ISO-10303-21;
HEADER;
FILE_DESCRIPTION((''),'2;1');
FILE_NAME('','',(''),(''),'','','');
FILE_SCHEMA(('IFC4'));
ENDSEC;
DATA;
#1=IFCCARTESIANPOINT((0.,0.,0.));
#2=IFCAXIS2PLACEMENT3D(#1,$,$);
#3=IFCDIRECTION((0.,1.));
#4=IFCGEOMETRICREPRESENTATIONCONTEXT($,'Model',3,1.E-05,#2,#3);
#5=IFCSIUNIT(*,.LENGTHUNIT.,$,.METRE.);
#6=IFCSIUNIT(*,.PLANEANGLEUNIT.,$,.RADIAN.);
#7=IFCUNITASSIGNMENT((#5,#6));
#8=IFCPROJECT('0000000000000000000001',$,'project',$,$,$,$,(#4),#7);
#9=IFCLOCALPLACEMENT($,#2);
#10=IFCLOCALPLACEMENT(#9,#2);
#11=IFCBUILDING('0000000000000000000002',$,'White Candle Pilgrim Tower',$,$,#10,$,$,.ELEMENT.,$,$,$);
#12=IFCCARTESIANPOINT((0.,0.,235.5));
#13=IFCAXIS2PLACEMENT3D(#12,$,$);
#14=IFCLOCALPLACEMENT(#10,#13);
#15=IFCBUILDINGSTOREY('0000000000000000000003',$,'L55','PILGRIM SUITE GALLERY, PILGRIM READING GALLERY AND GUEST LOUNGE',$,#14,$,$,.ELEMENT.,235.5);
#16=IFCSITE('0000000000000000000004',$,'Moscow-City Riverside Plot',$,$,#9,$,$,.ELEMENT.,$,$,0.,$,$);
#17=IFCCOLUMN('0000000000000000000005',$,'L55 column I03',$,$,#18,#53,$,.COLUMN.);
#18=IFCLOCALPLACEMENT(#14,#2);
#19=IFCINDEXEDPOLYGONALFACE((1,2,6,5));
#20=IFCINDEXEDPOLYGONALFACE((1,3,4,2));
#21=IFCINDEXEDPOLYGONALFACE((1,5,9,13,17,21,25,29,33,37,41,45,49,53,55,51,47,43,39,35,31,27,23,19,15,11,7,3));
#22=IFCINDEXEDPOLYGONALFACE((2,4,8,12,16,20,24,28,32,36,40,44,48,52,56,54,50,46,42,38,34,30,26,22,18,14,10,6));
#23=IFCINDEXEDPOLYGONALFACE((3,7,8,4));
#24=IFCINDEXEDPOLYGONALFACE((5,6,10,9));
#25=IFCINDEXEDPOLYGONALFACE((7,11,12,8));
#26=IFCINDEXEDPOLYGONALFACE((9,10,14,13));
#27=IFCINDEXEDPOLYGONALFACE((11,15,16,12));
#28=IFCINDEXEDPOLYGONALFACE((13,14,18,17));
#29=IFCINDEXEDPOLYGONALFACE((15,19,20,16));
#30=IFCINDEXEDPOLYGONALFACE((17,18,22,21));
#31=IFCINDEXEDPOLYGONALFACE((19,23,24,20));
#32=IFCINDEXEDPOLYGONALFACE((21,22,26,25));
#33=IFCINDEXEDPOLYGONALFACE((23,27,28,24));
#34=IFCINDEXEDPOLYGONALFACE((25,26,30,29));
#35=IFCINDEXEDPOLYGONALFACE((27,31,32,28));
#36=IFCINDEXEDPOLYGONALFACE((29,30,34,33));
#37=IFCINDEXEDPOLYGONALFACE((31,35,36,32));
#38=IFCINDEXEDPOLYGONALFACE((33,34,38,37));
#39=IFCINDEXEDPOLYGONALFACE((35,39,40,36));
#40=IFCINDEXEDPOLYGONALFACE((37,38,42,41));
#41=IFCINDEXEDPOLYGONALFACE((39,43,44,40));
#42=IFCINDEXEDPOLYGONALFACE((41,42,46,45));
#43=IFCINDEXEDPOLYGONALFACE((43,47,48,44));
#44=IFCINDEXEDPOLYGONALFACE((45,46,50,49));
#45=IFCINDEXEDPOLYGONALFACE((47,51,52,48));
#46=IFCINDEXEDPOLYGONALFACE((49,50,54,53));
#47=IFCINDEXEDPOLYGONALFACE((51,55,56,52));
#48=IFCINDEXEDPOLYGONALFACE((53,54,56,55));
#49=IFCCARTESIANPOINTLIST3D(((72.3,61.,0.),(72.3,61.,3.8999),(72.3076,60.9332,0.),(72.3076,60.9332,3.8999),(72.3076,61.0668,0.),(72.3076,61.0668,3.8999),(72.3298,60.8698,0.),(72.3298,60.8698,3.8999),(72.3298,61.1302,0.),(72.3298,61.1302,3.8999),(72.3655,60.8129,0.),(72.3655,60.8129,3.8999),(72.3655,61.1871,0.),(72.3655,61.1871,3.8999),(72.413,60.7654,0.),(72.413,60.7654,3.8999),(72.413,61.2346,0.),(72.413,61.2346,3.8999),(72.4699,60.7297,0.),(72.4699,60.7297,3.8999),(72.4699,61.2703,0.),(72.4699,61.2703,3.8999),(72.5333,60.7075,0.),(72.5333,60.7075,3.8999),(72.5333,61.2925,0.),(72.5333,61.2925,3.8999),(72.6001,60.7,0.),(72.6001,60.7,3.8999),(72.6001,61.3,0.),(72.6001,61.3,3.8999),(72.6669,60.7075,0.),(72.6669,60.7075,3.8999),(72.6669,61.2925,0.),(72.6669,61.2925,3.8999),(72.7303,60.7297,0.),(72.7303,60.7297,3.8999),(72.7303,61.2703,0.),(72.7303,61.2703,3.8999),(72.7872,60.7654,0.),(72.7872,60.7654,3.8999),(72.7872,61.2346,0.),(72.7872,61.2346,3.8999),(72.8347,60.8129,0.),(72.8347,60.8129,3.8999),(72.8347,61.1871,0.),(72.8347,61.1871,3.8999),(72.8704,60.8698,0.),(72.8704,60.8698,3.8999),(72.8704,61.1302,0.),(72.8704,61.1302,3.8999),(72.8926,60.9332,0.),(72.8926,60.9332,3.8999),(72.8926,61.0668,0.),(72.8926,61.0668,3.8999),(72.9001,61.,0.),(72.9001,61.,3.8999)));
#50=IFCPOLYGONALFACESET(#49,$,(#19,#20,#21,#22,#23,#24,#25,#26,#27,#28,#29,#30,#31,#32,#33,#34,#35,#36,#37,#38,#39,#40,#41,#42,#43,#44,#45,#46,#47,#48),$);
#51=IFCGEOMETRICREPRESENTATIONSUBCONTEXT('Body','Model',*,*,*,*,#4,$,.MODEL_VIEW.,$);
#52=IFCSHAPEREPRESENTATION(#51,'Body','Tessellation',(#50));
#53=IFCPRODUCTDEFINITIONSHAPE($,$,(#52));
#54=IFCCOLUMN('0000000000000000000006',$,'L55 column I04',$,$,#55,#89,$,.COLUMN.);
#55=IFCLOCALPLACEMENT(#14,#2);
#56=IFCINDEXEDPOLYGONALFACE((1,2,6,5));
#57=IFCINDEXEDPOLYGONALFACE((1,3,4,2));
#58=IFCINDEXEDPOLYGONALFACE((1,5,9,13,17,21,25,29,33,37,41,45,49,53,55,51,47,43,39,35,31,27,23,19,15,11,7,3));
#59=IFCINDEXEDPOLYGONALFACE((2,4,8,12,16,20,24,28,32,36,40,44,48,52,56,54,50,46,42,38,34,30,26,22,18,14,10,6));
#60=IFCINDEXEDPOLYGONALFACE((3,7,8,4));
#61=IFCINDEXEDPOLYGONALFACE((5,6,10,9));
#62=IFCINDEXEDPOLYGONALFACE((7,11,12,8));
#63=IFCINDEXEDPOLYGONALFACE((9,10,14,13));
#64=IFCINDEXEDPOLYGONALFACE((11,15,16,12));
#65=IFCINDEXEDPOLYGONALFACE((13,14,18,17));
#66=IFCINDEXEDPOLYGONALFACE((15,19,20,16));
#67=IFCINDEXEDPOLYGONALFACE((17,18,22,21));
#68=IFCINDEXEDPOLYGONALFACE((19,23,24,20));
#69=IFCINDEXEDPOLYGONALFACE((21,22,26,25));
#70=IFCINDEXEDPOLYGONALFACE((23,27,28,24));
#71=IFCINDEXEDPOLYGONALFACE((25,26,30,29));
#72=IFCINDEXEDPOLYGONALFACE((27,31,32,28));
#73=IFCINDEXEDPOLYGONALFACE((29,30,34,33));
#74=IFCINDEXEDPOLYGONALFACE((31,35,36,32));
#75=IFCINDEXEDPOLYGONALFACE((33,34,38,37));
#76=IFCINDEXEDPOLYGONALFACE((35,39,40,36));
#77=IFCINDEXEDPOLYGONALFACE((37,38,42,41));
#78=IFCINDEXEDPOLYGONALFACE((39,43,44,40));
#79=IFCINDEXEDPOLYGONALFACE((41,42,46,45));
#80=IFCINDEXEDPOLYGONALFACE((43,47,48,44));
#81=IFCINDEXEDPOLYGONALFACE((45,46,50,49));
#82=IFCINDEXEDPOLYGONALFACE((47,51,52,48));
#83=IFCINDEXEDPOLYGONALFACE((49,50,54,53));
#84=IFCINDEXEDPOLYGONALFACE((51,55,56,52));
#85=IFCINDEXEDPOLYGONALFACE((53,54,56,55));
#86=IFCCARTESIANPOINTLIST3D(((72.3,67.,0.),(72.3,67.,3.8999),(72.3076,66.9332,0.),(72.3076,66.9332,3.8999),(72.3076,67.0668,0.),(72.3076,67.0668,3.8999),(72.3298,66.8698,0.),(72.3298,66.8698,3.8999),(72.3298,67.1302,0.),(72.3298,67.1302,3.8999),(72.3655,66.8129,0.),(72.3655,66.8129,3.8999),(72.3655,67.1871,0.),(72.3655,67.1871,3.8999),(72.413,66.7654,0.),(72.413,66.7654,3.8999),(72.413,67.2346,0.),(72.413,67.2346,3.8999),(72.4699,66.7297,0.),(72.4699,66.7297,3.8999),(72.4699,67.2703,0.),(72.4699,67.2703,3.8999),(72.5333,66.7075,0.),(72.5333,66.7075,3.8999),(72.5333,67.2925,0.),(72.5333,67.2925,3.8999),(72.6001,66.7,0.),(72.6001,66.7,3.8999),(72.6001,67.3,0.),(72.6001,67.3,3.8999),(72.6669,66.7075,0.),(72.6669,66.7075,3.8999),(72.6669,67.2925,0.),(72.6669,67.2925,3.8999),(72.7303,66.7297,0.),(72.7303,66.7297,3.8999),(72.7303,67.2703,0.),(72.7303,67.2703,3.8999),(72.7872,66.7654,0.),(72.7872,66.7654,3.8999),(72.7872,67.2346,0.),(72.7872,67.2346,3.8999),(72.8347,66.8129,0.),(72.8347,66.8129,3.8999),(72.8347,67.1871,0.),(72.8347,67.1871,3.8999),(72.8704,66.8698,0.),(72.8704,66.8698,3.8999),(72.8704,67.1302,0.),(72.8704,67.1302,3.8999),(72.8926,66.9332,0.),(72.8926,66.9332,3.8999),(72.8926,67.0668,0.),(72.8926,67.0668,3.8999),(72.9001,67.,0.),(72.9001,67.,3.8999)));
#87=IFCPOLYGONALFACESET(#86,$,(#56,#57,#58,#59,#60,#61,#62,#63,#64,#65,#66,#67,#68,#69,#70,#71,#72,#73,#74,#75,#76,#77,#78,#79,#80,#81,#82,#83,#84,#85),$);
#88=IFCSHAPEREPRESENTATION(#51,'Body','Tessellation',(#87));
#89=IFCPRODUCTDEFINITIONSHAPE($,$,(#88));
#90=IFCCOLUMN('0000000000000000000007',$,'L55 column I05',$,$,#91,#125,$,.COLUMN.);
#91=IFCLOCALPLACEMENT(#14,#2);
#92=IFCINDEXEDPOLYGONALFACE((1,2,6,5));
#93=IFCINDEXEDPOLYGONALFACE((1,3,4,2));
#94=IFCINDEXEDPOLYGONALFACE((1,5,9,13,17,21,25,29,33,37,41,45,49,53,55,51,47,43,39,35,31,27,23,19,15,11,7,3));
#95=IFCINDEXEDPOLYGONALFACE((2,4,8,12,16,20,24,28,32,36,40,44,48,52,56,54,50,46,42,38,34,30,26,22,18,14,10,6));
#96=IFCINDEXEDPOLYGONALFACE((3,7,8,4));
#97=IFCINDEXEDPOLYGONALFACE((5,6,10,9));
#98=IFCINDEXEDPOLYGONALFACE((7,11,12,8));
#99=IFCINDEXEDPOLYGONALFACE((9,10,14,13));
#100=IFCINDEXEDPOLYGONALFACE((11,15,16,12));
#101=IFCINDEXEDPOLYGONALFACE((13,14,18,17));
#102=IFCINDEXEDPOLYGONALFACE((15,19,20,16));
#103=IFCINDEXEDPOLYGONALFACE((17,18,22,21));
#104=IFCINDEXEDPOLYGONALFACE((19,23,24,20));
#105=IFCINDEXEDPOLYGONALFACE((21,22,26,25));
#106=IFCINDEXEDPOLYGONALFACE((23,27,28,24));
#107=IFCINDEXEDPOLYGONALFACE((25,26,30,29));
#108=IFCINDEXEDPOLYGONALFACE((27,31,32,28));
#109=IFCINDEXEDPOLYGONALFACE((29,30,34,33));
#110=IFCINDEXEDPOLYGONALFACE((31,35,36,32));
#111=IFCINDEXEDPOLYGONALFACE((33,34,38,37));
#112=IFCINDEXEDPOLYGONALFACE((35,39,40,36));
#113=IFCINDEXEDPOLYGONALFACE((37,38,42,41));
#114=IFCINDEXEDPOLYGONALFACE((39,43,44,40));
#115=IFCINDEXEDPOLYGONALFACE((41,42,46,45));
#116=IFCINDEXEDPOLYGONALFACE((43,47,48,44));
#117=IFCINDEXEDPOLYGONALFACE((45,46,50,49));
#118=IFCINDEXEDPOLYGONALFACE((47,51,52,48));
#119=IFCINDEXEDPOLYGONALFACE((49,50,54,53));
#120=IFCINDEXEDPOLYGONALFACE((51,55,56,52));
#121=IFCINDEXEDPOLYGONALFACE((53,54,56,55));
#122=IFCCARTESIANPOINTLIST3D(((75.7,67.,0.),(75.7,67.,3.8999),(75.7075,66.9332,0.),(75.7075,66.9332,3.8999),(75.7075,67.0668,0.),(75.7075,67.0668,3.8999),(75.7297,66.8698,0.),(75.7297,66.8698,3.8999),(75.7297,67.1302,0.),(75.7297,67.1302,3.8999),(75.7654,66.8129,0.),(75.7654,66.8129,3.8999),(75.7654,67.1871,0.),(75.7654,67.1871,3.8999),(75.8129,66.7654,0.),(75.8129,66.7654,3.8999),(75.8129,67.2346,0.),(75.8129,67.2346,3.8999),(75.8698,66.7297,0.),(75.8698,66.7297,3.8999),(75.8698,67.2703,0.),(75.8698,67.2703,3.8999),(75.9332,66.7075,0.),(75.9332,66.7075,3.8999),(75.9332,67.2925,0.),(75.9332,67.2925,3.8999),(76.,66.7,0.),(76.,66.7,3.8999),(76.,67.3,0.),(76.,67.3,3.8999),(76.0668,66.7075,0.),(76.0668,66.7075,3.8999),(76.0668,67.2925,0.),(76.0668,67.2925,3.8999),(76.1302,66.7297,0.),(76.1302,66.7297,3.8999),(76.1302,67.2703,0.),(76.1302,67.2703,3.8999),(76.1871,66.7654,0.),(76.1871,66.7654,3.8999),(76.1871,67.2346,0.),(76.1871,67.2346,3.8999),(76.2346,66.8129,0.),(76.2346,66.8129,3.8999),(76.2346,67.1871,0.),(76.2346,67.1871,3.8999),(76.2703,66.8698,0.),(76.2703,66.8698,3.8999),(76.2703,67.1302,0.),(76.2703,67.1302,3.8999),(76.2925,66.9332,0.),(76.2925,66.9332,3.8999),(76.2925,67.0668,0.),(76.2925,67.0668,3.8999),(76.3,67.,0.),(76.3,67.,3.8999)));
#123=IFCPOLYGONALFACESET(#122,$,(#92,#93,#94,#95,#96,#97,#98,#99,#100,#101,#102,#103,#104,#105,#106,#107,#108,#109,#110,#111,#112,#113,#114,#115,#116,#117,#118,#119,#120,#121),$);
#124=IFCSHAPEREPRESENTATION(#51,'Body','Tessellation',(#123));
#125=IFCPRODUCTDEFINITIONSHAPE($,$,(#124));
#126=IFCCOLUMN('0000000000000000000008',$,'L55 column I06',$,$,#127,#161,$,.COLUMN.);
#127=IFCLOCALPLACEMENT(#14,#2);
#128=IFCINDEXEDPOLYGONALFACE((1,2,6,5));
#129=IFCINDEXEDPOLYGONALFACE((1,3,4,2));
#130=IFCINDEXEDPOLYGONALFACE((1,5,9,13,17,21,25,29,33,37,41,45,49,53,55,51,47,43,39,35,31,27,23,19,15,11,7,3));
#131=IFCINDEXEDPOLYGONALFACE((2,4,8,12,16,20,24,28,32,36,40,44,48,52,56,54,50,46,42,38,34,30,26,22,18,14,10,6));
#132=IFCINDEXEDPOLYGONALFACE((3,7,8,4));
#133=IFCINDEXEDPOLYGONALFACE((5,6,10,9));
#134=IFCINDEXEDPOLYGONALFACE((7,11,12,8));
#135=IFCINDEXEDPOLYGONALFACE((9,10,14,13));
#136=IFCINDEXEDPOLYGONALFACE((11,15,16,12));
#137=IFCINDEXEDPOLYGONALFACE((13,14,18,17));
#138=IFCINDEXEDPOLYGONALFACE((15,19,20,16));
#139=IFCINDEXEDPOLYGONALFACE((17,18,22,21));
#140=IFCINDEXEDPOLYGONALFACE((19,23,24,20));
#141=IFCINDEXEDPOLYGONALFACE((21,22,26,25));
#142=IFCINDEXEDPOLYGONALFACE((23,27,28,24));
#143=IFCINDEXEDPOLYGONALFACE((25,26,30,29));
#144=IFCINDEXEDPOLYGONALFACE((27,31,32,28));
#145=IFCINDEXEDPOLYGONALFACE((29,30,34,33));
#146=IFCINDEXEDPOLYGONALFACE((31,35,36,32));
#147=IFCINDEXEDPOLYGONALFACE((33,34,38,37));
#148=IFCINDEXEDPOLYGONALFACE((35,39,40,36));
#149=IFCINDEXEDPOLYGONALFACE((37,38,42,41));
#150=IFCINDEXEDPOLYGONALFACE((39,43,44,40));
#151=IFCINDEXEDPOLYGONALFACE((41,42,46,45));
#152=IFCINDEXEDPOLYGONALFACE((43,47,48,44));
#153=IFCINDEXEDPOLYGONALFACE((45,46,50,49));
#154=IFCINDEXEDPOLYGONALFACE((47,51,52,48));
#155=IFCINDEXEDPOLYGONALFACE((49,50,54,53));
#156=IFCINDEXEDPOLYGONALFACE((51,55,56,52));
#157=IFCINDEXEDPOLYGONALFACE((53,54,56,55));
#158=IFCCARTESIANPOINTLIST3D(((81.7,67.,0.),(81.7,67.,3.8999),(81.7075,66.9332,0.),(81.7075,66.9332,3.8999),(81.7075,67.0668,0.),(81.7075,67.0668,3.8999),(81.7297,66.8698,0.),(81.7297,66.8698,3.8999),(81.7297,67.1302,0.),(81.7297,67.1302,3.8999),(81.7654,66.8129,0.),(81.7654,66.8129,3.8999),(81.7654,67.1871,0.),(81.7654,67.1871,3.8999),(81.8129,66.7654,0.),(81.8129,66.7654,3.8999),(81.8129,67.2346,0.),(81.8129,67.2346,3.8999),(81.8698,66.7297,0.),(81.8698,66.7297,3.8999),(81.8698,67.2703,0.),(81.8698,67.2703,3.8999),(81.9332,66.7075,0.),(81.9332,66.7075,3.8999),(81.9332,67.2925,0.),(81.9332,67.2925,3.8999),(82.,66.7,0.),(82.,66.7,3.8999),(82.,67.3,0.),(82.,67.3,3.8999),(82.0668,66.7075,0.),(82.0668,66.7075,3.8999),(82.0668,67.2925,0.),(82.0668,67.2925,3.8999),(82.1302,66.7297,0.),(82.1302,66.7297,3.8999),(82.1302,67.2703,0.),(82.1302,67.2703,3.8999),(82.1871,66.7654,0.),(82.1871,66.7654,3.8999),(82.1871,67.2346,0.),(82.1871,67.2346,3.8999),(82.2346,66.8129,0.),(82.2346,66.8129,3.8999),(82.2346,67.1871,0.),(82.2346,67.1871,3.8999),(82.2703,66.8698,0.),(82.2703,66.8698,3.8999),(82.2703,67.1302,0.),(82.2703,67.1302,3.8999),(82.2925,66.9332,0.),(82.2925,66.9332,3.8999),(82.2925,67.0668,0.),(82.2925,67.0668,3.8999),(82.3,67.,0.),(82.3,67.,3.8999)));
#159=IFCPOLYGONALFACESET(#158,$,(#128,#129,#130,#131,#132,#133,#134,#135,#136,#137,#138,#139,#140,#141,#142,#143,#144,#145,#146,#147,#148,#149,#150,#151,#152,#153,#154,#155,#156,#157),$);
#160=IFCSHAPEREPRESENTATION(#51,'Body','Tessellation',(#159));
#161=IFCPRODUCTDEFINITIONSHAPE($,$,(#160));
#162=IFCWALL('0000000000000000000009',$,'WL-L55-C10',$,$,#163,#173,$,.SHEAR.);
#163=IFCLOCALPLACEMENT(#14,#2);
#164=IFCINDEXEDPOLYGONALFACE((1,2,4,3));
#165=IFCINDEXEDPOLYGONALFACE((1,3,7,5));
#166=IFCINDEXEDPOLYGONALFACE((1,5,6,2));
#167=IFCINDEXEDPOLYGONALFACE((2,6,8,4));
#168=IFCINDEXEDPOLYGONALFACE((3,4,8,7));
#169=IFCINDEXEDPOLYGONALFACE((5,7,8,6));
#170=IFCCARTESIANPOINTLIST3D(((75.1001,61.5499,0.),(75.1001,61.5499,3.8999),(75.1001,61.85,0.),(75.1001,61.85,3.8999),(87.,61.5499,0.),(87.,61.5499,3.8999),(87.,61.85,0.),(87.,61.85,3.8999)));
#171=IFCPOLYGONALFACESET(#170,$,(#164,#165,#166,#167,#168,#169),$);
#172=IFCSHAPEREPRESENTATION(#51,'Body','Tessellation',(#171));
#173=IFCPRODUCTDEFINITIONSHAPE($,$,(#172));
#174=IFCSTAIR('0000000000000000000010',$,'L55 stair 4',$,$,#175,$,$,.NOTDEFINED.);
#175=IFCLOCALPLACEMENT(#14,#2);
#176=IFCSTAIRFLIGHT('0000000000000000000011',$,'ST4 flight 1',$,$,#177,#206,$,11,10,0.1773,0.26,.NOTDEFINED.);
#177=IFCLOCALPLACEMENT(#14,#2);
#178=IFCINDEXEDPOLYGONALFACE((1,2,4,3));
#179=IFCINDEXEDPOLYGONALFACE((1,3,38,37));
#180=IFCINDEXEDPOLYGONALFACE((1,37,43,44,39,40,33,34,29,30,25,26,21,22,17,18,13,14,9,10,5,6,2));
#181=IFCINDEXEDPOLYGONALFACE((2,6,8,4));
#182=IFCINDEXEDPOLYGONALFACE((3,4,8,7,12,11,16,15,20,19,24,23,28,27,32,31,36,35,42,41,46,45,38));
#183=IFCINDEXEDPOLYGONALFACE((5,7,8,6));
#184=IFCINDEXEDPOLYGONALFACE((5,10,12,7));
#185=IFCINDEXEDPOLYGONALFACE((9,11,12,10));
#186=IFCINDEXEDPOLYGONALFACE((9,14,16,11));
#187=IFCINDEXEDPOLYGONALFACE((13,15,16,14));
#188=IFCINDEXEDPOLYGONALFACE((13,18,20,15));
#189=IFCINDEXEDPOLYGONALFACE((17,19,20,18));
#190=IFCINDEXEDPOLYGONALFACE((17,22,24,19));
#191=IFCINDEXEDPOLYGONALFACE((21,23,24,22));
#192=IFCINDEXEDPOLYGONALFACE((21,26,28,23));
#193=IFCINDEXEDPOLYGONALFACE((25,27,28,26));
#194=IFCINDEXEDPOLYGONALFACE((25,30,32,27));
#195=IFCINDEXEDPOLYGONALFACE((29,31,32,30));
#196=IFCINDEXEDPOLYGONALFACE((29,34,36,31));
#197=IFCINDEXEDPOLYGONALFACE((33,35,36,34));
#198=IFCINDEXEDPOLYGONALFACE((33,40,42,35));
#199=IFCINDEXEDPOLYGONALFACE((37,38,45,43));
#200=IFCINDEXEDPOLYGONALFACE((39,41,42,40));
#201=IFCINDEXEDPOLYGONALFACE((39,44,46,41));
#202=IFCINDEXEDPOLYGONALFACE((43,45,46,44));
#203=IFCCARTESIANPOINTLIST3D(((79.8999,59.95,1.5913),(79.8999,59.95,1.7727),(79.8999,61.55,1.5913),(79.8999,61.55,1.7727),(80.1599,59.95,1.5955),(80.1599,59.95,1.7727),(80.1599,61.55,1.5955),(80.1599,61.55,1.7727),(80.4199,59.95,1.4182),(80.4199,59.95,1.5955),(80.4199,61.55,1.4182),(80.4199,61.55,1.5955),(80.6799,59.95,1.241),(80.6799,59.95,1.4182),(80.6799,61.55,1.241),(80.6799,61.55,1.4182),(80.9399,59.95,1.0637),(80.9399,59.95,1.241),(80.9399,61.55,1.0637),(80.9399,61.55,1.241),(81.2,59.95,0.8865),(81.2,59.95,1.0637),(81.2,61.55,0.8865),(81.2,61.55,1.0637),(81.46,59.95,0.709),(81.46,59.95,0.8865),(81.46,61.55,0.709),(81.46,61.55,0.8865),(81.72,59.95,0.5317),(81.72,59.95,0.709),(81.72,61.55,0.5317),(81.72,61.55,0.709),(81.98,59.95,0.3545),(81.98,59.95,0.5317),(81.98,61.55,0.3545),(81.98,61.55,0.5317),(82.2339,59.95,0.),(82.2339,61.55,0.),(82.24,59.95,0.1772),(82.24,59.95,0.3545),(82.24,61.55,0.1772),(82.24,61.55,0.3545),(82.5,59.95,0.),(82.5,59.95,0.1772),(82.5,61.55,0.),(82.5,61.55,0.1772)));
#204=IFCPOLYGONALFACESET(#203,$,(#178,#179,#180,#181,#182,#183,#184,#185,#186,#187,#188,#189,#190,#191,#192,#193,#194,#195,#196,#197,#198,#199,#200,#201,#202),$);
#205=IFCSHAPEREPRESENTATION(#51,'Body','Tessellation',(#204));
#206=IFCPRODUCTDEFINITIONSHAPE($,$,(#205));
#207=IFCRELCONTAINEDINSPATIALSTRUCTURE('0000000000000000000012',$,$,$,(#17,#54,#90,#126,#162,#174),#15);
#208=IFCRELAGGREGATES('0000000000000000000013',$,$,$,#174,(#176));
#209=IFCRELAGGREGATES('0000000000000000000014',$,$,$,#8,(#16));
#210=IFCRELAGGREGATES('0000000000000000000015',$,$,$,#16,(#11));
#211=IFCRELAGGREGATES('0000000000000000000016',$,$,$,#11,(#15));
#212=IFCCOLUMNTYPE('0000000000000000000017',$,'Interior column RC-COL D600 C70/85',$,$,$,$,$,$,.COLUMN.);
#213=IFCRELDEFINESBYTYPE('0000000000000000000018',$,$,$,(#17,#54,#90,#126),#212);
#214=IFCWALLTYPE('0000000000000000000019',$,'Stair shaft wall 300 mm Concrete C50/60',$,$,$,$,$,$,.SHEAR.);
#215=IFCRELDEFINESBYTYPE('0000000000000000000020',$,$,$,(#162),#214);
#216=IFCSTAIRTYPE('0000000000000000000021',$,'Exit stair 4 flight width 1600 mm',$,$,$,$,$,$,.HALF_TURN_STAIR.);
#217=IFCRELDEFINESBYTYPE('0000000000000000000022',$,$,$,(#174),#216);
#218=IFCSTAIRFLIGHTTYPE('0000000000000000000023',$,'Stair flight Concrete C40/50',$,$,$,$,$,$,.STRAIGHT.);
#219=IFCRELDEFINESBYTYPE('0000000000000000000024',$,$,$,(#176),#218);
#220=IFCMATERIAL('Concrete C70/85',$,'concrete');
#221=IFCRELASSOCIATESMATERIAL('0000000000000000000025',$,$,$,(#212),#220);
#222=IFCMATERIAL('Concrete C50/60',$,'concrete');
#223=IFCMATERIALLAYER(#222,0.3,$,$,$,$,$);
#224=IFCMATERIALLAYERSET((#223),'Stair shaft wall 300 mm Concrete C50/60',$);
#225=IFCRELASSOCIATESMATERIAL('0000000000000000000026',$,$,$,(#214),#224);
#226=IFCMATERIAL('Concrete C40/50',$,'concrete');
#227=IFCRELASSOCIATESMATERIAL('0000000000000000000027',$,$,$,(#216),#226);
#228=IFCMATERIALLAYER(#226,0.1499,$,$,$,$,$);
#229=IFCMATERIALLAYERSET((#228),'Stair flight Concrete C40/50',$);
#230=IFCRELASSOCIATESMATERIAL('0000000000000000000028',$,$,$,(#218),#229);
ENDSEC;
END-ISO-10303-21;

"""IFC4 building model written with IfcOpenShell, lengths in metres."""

from ifc_helpers import new_model, si_unit, direction, frame, frame_2d, origin, origin_2d, place, context, subcontext, project, spatial, polyline, rectangle, circle, outline, extrude, material, layer, layer_set, material_profile, profile_set, type_object, element, aggregate, save


model = new_model("IFC4")

# Units and contexts
model_context = context("Model", 3, precision=1e-05, world=origin(), true_north=direction((0.0, 1.0)))
body_context = subcontext(model_context, "Body", "Model", "MODEL_VIEW")
ifc_project = project(units=[si_unit("LENGTHUNIT", "METRE"), si_unit("PLANEANGLEUNIT", "RADIAN")], contexts=[model_context])

# Site, building, storey
site_placement = place(None, origin())
site = spatial("IfcSite", under=ifc_project, at=site_placement, Name="Moscow-City Riverside Plot", CompositionType="ELEMENT", RefElevation=0.0)
building_placement = place(site_placement, origin())
building = spatial("IfcBuilding", under=site, at=building_placement, Name="White Candle Pilgrim Tower", CompositionType="ELEMENT")
storey_placement = place(building_placement, frame((0.0, 0.0, 235.5)))
storey = spatial("IfcBuildingStorey", under=building, at=storey_placement, Name="L55", Description="PILGRIM SUITE GALLERY, PILGRIM READING GALLERY AND GUEST LOUNGE", CompositionType="ELEMENT", Elevation=235.5)

# Columns
ifc_material_1 = material(Name="Concrete C70/85", Category="concrete")
ifc_material_profile = material_profile(ifc_material_1, circle(Radius=0.3, at=origin_2d()), Name="RC-COL D600")
ifc_profile_set = profile_set([ifc_material_profile], Name="Concrete C70/85")
column_type = type_object("IfcColumnType", Name="Interior column RC-COL D600 C70/85", PredefinedType="COLUMN", material=ifc_profile_set)
for number, where, z_axis, x_axis, name in (
    (1, (72.6001, 61.0, 0.0), (0.0, 0.0, 1.0), (1.0, 0.0, 0.0), "L55 column I03"),
    (2, (72.6001, 67.0, 0.0), (0.0, 0.0, 1.0), (1.0, 0.0, 0.0), "L55 column I04"),
    (3, (76.0, 67.0, 0.0), (0.0, 0.0, 1.0), (1.0, 0.0, 0.0), "L55 column I05"),
    (4, (82.0, 67.0, 0.0), (0.0, 0.0, 1.0), (1.0, 0.0, 0.0), "L55 column I06"),
):
    element("IfcColumn", number, at=place(storey_placement, frame(where, z_axis=z_axis, x_axis=x_axis)), inside=storey, type_object=column_type, Name=name, PredefinedType="COLUMN", context=body_context, shape_type="SweptSolid", body=[
        extrude(circle(Radius=0.3, at=origin_2d()), origin(), (0.0, 0.0, 1.0), 3.8999),
    ])

# Wall
ifc_material_2 = material(Name="Concrete C50/60", Category="concrete")
ifc_layer_1 = layer(ifc_material_2, 0.3)
ifc_layer_set_1 = layer_set([ifc_layer_1], Name="Stair shaft wall 300 mm Concrete C50/60")
wall_type = type_object("IfcWallType", Name="Stair shaft wall 300 mm Concrete C50/60", PredefinedType="SHEAR", material=ifc_layer_set_1)
wall_placement = place(storey_placement, frame((75.1001, 61.7, 0.0), z_axis=(0.0, 0.0, 1.0), x_axis=(1.0, 0.0, 0.0)))
element("IfcWall", 5, at=wall_placement, inside=storey, type_object=wall_type, Name="WL-L55-C10", PredefinedType="SHEAR", context=body_context, shape_type="SweptSolid", body=[
    extrude(rectangle(XDim=11.8999, YDim=0.3, at=frame_2d((5.95, 0.0))), origin(), (0.0, 0.0, 1.0), 3.8999),
])

# Stair, stair flight
ifc_material_3 = material(Name="Concrete C40/50", Category="concrete")
stair_type = type_object("IfcStairType", Name="Exit stair 4 flight width 1600 mm", PredefinedType="HALF_TURN_STAIR", material=ifc_material_3)
stair_placement = place(storey_placement, origin())
stair = element("IfcStair", 6, at=stair_placement, inside=storey, type_object=stair_type, Name="L55 stair 4", PredefinedType="NOTDEFINED")
ifc_layer_2 = layer(ifc_material_3, 0.1499)
ifc_layer_set_2 = layer_set([ifc_layer_2], Name="Stair flight Concrete C40/50")
stair_flight_type = type_object("IfcStairFlightType", Name="Stair flight Concrete C40/50", PredefinedType="STRAIGHT", material=ifc_layer_set_2)
stair_flight_1_placement = place(storey_placement, frame((82.5, 60.75, 0.0), z_axis=(0.0, 0.0, 1.0), x_axis=(-1.0, 0.0, 0.0)))
stair_flight_1 = element("IfcStairFlight", 7, at=stair_flight_1_placement, type_object=stair_flight_type, Name="ST4 flight 1", NumberOfRisers=11, NumberOfTreads=10, PredefinedType="NOTDEFINED", RiserHeight=0.1773, TreadLength=0.26, context=body_context, shape_type="SweptSolid", body=[
    extrude(outline(polyline([(0.0, 0.0), (0.0, 0.1772), (0.26, 0.1772), (0.26, 0.3545), (0.52, 0.3545), (0.52, 0.5317), (0.78, 0.5317), (0.78, 0.709), (1.04, 0.709), (1.04, 0.8865), (1.3, 0.8865), (1.3, 1.0637), (1.5601, 1.0637), (1.5601, 1.241), (1.8201, 1.241), (1.8201, 1.4182), (2.0801, 1.4182), (2.0801, 1.5955), (2.3401, 1.5955), (2.3401, 1.7727), (2.6001, 1.7727), (2.6001, 1.95), (2.6001, 1.5913), (0.2661, 0.0), (0.0, 0.0)])), frame((0.0, 0.8, 0.0), z_axis=(0.0, -1.0, 0.0), x_axis=(1.0, 0.0, 0.0)), (0.0, 0.0, 1.0), 1.6001),
])
aggregate(stair, [stair_flight_1])

save(model, "model.ifc")
